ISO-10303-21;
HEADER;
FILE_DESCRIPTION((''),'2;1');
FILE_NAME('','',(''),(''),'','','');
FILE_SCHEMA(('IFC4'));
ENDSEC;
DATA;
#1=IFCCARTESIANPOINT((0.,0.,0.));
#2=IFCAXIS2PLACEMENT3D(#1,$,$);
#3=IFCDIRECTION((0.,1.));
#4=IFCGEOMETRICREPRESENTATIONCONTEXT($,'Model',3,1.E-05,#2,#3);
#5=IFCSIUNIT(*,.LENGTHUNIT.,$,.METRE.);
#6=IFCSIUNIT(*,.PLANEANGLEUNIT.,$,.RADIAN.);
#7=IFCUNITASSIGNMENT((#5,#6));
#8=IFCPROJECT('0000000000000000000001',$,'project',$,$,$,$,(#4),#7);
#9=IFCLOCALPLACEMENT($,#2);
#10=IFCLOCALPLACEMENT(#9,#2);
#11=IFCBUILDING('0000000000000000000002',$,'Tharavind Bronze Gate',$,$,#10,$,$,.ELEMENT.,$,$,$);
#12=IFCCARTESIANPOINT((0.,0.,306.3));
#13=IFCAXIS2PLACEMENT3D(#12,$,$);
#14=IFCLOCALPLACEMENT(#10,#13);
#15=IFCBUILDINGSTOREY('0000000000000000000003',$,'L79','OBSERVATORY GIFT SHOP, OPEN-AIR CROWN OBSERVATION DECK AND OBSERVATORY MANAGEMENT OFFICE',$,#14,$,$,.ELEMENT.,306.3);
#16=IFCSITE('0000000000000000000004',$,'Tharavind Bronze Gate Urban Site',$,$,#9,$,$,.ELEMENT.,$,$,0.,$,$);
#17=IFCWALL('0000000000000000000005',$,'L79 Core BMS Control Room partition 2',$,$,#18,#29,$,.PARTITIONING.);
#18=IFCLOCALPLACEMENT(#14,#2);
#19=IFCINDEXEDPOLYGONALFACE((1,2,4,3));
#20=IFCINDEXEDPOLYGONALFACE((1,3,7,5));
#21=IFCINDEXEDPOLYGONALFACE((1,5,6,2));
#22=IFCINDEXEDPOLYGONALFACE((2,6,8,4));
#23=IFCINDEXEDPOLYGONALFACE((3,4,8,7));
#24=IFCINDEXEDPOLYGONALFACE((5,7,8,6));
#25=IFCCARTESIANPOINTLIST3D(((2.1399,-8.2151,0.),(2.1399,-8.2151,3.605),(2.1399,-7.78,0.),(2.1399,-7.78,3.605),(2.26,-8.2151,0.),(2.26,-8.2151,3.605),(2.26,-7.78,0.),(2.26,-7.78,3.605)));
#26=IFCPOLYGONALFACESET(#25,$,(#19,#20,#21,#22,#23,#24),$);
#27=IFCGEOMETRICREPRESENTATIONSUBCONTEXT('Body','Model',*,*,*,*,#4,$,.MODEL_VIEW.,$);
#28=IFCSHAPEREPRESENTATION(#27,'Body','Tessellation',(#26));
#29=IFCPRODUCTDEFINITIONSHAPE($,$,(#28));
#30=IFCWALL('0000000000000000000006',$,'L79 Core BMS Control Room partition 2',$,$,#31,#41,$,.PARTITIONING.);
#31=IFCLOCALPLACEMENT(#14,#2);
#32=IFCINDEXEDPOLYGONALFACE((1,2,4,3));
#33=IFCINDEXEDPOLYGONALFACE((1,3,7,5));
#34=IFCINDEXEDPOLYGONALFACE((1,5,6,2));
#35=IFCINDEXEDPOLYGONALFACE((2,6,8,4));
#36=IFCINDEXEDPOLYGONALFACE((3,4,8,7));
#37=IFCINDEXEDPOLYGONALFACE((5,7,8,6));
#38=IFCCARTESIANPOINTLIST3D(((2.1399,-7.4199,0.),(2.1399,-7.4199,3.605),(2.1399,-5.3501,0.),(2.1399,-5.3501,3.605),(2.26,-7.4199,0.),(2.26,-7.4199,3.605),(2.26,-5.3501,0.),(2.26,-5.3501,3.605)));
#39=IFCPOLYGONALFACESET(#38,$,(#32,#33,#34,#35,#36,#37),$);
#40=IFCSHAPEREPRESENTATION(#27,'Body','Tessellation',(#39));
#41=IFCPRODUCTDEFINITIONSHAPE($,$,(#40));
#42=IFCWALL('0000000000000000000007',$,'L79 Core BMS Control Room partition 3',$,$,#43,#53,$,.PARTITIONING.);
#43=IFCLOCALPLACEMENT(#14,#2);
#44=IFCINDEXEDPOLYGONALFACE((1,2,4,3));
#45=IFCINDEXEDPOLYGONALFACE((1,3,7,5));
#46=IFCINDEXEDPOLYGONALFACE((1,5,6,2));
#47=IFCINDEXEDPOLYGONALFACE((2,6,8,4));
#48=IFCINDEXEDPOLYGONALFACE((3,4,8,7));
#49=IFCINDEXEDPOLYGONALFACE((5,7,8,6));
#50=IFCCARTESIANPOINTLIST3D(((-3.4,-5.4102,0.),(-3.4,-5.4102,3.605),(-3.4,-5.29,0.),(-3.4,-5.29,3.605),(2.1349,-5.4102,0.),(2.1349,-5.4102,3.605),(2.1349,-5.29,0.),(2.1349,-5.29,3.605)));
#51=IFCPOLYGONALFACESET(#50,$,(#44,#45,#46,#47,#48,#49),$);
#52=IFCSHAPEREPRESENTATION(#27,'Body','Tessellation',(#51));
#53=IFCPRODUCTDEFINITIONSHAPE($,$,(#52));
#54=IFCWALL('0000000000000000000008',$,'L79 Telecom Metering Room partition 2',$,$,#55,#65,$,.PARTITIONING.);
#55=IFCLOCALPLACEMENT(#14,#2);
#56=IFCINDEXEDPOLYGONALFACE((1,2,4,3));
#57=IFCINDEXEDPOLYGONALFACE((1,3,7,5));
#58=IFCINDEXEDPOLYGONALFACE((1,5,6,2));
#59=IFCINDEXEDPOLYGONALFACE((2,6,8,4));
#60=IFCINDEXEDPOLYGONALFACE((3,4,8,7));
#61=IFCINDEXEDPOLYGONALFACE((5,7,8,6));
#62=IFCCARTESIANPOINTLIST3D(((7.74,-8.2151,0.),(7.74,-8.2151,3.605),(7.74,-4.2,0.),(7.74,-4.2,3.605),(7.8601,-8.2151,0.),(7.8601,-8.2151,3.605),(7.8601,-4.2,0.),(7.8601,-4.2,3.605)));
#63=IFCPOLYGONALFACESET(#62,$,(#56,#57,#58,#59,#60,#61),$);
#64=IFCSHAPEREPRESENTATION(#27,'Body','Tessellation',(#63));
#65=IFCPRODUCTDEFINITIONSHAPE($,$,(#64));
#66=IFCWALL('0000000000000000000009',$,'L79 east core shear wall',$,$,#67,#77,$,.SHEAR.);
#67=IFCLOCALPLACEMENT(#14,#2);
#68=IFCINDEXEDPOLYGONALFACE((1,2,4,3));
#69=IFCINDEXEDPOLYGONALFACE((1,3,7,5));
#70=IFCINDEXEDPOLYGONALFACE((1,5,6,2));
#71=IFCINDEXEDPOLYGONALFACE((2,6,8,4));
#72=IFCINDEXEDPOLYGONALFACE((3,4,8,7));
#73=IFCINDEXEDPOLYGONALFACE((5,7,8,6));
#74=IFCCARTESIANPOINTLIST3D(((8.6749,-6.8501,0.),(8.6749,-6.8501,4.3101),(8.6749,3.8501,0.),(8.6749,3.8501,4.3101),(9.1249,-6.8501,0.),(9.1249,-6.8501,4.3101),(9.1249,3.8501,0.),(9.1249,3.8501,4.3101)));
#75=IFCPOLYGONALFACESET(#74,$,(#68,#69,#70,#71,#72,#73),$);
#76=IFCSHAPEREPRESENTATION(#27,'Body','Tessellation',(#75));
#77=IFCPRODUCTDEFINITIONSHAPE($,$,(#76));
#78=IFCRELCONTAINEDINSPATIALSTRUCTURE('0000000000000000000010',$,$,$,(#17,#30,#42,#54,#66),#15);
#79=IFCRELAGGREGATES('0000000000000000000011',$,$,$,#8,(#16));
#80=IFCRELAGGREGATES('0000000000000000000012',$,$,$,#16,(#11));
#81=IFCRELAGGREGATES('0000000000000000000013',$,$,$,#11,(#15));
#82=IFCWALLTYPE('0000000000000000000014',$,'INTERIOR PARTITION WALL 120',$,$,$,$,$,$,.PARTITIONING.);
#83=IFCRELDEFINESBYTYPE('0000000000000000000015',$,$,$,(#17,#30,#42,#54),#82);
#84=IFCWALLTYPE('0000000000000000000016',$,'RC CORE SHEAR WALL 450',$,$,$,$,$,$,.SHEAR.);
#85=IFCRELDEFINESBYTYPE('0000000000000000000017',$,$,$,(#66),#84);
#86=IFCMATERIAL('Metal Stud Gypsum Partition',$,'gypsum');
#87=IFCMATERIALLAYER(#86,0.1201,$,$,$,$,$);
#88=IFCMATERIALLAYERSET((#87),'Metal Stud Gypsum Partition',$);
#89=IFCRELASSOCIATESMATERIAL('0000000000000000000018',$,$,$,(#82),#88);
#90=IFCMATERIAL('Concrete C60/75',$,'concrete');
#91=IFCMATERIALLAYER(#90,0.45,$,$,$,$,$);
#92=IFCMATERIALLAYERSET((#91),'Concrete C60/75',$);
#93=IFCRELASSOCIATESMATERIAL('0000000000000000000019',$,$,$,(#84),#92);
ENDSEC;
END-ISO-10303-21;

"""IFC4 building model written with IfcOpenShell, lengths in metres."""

from ifc_helpers import new_model, si_unit, direction, frame, frame_2d, origin, place, context, subcontext, project, spatial, rectangle, extrude, material, layer, layer_set, type_object, element, save


model = new_model("IFC4")

# Units and contexts
model_context = context("Model", 3, precision=1e-05, world=origin(), true_north=direction((0.0, 1.0)))
body_context = subcontext(model_context, "Body", "Model", "MODEL_VIEW")
ifc_project = project(units=[si_unit("LENGTHUNIT", "METRE"), si_unit("PLANEANGLEUNIT", "RADIAN")], contexts=[model_context])

# Site, building, storey
site_placement = place(None, origin())
site = spatial("IfcSite", under=ifc_project, at=site_placement, Name="Tharavind Bronze Gate Urban Site", CompositionType="ELEMENT", RefElevation=0.0)
building_placement = place(site_placement, origin())
building = spatial("IfcBuilding", under=site, at=building_placement, Name="Tharavind Bronze Gate", CompositionType="ELEMENT")
storey_placement = place(building_placement, frame((0.0, 0.0, 306.3)))
storey = spatial("IfcBuildingStorey", under=building, at=storey_placement, Name="L79", Description="OBSERVATORY GIFT SHOP, OPEN-AIR CROWN OBSERVATION DECK AND OBSERVATORY MANAGEMENT OFFICE", CompositionType="ELEMENT", Elevation=306.3)

# Walls
ifc_material_1 = material(Name="Metal Stud Gypsum Partition", Category="gypsum")
ifc_layer_1 = layer(ifc_material_1, 0.1201)
ifc_layer_set_1 = layer_set([ifc_layer_1], Name="Metal Stud Gypsum Partition")
wall_type_1 = type_object("IfcWallType", Name="INTERIOR PARTITION WALL 120", PredefinedType="PARTITIONING", material=ifc_layer_set_1)
wall_1_placement = place(storey_placement, frame((2.2, -8.2151, 0.0), z_axis=(0.0, 0.0, 1.0), x_axis=(0.0, 1.0, 0.0)))
element("IfcWall", 1, at=wall_1_placement, inside=storey, type_object=wall_type_1, Name="L79 Core BMS Control Room partition 2", PredefinedType="PARTITIONING", context=body_context, shape_type="SweptSolid", body=[
    extrude(rectangle(XDim=0.4351, YDim=0.1201, at=frame_2d((0.2175, 0.0))), origin(), (0.0, 0.0, 1.0), 3.605),
])
wall_2_placement = place(storey_placement, frame((2.2, -7.4199, 0.0), z_axis=(0.0, 0.0, 1.0), x_axis=(0.0, 1.0, 0.0)))
element("IfcWall", 2, at=wall_2_placement, inside=storey, type_object=wall_type_1, Name="L79 Core BMS Control Room partition 2", PredefinedType="PARTITIONING", context=body_context, shape_type="SweptSolid", body=[
    extrude(rectangle(XDim=2.0698, YDim=0.1201, at=frame_2d((1.0349, 0.0))), origin(), (0.0, 0.0, 1.0), 3.605),
])
wall_3_placement = place(storey_placement, frame((2.135, -5.3501, 0.0), z_axis=(0.0, 0.0, 1.0), x_axis=(-1.0, 0.0, 0.0)))
element("IfcWall", 3, at=wall_3_placement, inside=storey, type_object=wall_type_1, Name="L79 Core BMS Control Room partition 3", PredefinedType="PARTITIONING", context=body_context, shape_type="SweptSolid", body=[
    extrude(rectangle(XDim=5.5349, YDim=0.1201, at=frame_2d((2.7676, 0.0))), origin(), (0.0, 0.0, 1.0), 3.605),
])
wall_4_placement = place(storey_placement, frame((7.8, -8.2151, 0.0), z_axis=(0.0, 0.0, 1.0), x_axis=(0.0, 1.0, 0.0)))
element("IfcWall", 4, at=wall_4_placement, inside=storey, type_object=wall_type_1, Name="L79 Telecom Metering Room partition 2", PredefinedType="PARTITIONING", context=body_context, shape_type="SweptSolid", body=[
    extrude(rectangle(XDim=4.0151, YDim=0.1201, at=frame_2d((2.0076, 0.0))), origin(), (0.0, 0.0, 1.0), 3.605),
])
ifc_material_2 = material(Name="Concrete C60/75", Category="concrete")
ifc_layer_2 = layer(ifc_material_2, 0.45)
ifc_layer_set_2 = layer_set([ifc_layer_2], Name="Concrete C60/75")
wall_type_2 = type_object("IfcWallType", Name="RC CORE SHEAR WALL 450", PredefinedType="SHEAR", material=ifc_layer_set_2)
wall_5_placement = place(storey_placement, frame((8.8999, -6.8501, 0.0), z_axis=(0.0, 0.0, 1.0), x_axis=(0.0, 1.0, 0.0)))
element("IfcWall", 5, at=wall_5_placement, inside=storey, type_object=wall_type_2, Name="L79 east core shear wall", PredefinedType="SHEAR", context=body_context, shape_type="SweptSolid", body=[
    extrude(rectangle(XDim=10.7002, YDim=0.45, at=frame_2d((5.3501, 0.0))), origin(), (0.0, 0.0, 1.0), 4.3101),
])

save(model, "model.ifc")
